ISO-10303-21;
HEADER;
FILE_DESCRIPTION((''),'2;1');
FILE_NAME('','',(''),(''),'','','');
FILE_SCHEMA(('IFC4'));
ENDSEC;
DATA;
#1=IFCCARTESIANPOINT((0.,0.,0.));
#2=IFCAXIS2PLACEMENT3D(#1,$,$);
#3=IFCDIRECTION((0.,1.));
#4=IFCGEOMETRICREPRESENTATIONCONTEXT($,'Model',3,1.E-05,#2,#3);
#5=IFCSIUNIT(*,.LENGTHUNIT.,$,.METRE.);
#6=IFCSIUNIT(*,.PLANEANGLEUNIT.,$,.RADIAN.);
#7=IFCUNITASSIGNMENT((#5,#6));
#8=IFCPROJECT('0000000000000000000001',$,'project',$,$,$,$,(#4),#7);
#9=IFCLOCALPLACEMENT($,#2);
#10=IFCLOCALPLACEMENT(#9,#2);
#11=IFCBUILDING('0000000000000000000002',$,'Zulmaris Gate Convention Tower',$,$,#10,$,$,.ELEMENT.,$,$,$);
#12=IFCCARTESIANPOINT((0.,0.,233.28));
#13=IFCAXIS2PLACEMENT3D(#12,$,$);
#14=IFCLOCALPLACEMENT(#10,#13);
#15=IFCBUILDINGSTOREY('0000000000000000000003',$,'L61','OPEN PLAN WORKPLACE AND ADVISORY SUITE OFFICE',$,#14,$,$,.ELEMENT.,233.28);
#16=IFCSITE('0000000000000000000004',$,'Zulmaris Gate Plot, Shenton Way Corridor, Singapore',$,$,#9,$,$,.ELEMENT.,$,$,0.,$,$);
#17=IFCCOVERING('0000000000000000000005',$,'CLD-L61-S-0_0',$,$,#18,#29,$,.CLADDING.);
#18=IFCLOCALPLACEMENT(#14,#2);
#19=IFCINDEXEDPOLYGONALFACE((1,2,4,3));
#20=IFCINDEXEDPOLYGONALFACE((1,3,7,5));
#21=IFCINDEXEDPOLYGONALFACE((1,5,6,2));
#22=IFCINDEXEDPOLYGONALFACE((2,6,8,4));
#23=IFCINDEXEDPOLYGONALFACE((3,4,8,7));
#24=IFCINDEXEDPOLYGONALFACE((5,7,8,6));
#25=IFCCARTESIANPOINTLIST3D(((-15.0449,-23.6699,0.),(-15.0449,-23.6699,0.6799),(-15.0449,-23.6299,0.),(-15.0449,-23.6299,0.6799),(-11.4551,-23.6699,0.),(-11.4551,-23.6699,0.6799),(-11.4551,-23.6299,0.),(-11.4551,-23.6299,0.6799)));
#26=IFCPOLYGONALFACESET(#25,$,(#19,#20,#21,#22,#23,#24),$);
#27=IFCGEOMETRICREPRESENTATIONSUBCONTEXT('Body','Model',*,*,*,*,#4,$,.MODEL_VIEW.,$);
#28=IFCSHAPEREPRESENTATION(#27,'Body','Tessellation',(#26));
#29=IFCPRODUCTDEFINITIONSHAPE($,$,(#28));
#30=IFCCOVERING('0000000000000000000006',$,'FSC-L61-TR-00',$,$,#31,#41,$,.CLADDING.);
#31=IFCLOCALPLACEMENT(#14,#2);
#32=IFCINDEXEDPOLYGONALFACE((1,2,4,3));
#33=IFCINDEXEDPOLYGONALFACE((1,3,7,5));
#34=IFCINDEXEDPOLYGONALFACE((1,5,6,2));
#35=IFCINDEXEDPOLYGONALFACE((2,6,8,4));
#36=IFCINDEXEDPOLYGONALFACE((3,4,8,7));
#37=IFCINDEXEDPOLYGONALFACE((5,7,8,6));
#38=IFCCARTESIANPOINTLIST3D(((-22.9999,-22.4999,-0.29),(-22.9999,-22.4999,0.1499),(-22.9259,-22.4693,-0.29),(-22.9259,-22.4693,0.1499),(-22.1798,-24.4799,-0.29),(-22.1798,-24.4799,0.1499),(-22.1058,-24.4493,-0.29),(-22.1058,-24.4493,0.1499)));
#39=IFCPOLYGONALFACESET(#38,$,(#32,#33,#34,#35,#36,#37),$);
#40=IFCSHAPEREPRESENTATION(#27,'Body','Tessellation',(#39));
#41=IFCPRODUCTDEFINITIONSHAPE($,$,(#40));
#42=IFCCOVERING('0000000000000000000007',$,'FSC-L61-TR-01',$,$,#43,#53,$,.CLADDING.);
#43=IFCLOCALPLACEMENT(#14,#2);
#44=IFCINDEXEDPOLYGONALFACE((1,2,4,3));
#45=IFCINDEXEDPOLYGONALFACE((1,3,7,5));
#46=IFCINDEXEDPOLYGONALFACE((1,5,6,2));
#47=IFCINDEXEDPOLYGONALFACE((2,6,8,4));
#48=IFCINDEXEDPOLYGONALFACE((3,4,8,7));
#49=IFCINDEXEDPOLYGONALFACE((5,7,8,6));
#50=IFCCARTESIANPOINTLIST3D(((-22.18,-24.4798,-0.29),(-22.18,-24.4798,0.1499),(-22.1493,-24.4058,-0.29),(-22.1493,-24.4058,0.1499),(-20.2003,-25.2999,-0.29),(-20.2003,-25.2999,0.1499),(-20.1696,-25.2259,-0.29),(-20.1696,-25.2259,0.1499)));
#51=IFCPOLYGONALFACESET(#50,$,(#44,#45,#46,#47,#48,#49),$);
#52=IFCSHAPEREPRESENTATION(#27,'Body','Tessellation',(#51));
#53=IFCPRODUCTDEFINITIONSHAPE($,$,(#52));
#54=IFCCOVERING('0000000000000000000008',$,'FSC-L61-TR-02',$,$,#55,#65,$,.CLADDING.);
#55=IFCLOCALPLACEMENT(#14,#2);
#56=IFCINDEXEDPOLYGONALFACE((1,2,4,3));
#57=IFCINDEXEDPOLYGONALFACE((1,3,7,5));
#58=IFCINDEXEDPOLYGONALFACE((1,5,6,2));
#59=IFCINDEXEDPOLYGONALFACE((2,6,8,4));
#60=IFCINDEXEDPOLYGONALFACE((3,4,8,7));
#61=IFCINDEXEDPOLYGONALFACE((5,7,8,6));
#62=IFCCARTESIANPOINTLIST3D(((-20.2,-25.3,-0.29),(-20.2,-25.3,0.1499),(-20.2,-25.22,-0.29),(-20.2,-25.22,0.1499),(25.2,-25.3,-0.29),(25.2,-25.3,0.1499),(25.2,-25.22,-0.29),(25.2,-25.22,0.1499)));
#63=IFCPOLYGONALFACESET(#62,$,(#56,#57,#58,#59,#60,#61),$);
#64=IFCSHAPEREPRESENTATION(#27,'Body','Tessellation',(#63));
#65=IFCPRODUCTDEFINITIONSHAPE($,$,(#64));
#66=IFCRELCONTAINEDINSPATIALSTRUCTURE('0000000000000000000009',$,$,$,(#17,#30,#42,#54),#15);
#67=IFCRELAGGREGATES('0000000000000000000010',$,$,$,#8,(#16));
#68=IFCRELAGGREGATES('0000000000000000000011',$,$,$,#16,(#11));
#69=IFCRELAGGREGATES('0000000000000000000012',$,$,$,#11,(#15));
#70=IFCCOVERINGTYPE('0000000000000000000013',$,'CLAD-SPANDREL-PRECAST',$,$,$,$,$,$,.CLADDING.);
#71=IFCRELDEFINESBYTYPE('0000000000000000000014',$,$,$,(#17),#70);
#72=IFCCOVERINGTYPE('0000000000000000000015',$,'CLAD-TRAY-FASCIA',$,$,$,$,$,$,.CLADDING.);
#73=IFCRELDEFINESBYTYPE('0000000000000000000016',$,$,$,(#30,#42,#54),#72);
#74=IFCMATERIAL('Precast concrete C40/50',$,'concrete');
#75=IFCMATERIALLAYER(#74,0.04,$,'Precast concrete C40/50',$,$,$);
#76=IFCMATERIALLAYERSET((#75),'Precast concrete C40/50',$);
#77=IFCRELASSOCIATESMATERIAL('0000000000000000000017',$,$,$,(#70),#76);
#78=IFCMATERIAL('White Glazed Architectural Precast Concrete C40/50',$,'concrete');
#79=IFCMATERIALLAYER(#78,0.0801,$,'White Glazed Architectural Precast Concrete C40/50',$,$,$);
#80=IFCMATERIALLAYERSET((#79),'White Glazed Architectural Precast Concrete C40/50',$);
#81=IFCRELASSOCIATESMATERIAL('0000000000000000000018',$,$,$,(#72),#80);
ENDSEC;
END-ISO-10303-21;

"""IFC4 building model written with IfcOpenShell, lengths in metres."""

from ifc_helpers import new_model, si_unit, direction, frame, frame_2d, origin, place, context, subcontext, project, spatial, rectangle, extrude, material, layer, layer_set, type_object, element, save


model = new_model("IFC4")

# Units and contexts
model_context = context("Model", 3, precision=1e-05, world=origin(), true_north=direction((0.0, 1.0)))
body_context = subcontext(model_context, "Body", "Model", "MODEL_VIEW")
ifc_project = project(units=[si_unit("LENGTHUNIT", "METRE"), si_unit("PLANEANGLEUNIT", "RADIAN")], contexts=[model_context])

# Site, building, storey
site_placement = place(None, origin())
site = spatial("IfcSite", under=ifc_project, at=site_placement, Name="Zulmaris Gate Plot, Shenton Way Corridor, Singapore", CompositionType="ELEMENT", RefElevation=0.0)
building_placement = place(site_placement, origin())
building = spatial("IfcBuilding", under=site, at=building_placement, Name="Zulmaris Gate Convention Tower", CompositionType="ELEMENT")
storey_placement = place(building_placement, frame((0.0, 0.0, 233.28)))
storey = spatial("IfcBuildingStorey", under=building, at=storey_placement, Name="L61", Description="OPEN PLAN WORKPLACE AND ADVISORY SUITE OFFICE", CompositionType="ELEMENT", Elevation=233.28)

# Shared definitions
ifc_material_1 = material(Name="Precast concrete C40/50", Category="concrete")

# Coverings
ifc_layer_1 = layer(ifc_material_1, 0.04, Name="Precast concrete C40/50")
ifc_layer_set_1 = layer_set([ifc_layer_1], Name="Precast concrete C40/50")
covering_type_1 = type_object("IfcCoveringType", Name="CLAD-SPANDREL-PRECAST", PredefinedType="CLADDING", material=ifc_layer_set_1)
covering_1_placement = place(storey_placement, frame((-15.0449, -23.6499, 0.0), z_axis=(0.0, 0.0, 1.0), x_axis=(1.0, 0.0, 0.0)))
element("IfcCovering", 1, at=covering_1_placement, inside=storey, type_object=covering_type_1, Name="CLD-L61-S-0_0", PredefinedType="CLADDING", context=body_context, shape_type="SweptSolid", body=[
    extrude(rectangle(XDim=3.5898, YDim=0.04, at=frame_2d((1.7949, 0.0))), origin(), (0.0, 0.0, 1.0), 0.6799),
])
ifc_material_2 = material(Name="White Glazed Architectural Precast Concrete C40/50", Category="concrete")
ifc_layer_2 = layer(ifc_material_2, 0.0801, Name="White Glazed Architectural Precast Concrete C40/50")
ifc_layer_set_2 = layer_set([ifc_layer_2], Name="White Glazed Architectural Precast Concrete C40/50")
covering_type_2 = type_object("IfcCoveringType", Name="CLAD-TRAY-FASCIA", PredefinedType="CLADDING", material=ifc_layer_set_2)
covering_2_placement = place(storey_placement, frame((-22.9629, -22.4846, -0.29), z_axis=(0.0, 0.0, 1.0), x_axis=(0.382657, -0.92389, 0.0)))
element("IfcCovering", 2, at=covering_2_placement, inside=storey, type_object=covering_type_2, Name="FSC-L61-TR-00", PredefinedType="CLADDING", context=body_context, shape_type="SweptSolid", body=[
    extrude(rectangle(XDim=2.1431, YDim=0.0801, at=frame_2d((1.0715, 0.0))), origin(), (0.0, 0.0, 1.0), 0.4399),
])
covering_3_placement = place(storey_placement, frame((-22.1646, -24.4429, -0.29), z_axis=(0.0, 0.0, 1.0), x_axis=(0.923874, -0.382697, 0.0)))
element("IfcCovering", 3, at=covering_3_placement, inside=storey, type_object=covering_type_2, Name="FSC-L61-TR-01", PredefinedType="CLADDING", context=body_context, shape_type="SweptSolid", body=[
    extrude(rectangle(XDim=2.1428, YDim=0.0801, at=frame_2d((1.0713, 0.0))), origin(), (0.0, 0.0, 1.0), 0.4399),
])
covering_4_placement = place(storey_placement, frame((-20.2, -25.26, -0.29), z_axis=(0.0, 0.0, 1.0), x_axis=(1.0, 0.0, 0.0)))
element("IfcCovering", 4, at=covering_4_placement, inside=storey, type_object=covering_type_2, Name="FSC-L61-TR-02", PredefinedType="CLADDING", context=body_context, shape_type="SweptSolid", body=[
    extrude(rectangle(XDim=45.3999, YDim=0.0801, at=frame_2d((22.7, 0.0))), origin(), (0.0, 0.0, 1.0), 0.4399),
])

save(model, "model.ifc")
